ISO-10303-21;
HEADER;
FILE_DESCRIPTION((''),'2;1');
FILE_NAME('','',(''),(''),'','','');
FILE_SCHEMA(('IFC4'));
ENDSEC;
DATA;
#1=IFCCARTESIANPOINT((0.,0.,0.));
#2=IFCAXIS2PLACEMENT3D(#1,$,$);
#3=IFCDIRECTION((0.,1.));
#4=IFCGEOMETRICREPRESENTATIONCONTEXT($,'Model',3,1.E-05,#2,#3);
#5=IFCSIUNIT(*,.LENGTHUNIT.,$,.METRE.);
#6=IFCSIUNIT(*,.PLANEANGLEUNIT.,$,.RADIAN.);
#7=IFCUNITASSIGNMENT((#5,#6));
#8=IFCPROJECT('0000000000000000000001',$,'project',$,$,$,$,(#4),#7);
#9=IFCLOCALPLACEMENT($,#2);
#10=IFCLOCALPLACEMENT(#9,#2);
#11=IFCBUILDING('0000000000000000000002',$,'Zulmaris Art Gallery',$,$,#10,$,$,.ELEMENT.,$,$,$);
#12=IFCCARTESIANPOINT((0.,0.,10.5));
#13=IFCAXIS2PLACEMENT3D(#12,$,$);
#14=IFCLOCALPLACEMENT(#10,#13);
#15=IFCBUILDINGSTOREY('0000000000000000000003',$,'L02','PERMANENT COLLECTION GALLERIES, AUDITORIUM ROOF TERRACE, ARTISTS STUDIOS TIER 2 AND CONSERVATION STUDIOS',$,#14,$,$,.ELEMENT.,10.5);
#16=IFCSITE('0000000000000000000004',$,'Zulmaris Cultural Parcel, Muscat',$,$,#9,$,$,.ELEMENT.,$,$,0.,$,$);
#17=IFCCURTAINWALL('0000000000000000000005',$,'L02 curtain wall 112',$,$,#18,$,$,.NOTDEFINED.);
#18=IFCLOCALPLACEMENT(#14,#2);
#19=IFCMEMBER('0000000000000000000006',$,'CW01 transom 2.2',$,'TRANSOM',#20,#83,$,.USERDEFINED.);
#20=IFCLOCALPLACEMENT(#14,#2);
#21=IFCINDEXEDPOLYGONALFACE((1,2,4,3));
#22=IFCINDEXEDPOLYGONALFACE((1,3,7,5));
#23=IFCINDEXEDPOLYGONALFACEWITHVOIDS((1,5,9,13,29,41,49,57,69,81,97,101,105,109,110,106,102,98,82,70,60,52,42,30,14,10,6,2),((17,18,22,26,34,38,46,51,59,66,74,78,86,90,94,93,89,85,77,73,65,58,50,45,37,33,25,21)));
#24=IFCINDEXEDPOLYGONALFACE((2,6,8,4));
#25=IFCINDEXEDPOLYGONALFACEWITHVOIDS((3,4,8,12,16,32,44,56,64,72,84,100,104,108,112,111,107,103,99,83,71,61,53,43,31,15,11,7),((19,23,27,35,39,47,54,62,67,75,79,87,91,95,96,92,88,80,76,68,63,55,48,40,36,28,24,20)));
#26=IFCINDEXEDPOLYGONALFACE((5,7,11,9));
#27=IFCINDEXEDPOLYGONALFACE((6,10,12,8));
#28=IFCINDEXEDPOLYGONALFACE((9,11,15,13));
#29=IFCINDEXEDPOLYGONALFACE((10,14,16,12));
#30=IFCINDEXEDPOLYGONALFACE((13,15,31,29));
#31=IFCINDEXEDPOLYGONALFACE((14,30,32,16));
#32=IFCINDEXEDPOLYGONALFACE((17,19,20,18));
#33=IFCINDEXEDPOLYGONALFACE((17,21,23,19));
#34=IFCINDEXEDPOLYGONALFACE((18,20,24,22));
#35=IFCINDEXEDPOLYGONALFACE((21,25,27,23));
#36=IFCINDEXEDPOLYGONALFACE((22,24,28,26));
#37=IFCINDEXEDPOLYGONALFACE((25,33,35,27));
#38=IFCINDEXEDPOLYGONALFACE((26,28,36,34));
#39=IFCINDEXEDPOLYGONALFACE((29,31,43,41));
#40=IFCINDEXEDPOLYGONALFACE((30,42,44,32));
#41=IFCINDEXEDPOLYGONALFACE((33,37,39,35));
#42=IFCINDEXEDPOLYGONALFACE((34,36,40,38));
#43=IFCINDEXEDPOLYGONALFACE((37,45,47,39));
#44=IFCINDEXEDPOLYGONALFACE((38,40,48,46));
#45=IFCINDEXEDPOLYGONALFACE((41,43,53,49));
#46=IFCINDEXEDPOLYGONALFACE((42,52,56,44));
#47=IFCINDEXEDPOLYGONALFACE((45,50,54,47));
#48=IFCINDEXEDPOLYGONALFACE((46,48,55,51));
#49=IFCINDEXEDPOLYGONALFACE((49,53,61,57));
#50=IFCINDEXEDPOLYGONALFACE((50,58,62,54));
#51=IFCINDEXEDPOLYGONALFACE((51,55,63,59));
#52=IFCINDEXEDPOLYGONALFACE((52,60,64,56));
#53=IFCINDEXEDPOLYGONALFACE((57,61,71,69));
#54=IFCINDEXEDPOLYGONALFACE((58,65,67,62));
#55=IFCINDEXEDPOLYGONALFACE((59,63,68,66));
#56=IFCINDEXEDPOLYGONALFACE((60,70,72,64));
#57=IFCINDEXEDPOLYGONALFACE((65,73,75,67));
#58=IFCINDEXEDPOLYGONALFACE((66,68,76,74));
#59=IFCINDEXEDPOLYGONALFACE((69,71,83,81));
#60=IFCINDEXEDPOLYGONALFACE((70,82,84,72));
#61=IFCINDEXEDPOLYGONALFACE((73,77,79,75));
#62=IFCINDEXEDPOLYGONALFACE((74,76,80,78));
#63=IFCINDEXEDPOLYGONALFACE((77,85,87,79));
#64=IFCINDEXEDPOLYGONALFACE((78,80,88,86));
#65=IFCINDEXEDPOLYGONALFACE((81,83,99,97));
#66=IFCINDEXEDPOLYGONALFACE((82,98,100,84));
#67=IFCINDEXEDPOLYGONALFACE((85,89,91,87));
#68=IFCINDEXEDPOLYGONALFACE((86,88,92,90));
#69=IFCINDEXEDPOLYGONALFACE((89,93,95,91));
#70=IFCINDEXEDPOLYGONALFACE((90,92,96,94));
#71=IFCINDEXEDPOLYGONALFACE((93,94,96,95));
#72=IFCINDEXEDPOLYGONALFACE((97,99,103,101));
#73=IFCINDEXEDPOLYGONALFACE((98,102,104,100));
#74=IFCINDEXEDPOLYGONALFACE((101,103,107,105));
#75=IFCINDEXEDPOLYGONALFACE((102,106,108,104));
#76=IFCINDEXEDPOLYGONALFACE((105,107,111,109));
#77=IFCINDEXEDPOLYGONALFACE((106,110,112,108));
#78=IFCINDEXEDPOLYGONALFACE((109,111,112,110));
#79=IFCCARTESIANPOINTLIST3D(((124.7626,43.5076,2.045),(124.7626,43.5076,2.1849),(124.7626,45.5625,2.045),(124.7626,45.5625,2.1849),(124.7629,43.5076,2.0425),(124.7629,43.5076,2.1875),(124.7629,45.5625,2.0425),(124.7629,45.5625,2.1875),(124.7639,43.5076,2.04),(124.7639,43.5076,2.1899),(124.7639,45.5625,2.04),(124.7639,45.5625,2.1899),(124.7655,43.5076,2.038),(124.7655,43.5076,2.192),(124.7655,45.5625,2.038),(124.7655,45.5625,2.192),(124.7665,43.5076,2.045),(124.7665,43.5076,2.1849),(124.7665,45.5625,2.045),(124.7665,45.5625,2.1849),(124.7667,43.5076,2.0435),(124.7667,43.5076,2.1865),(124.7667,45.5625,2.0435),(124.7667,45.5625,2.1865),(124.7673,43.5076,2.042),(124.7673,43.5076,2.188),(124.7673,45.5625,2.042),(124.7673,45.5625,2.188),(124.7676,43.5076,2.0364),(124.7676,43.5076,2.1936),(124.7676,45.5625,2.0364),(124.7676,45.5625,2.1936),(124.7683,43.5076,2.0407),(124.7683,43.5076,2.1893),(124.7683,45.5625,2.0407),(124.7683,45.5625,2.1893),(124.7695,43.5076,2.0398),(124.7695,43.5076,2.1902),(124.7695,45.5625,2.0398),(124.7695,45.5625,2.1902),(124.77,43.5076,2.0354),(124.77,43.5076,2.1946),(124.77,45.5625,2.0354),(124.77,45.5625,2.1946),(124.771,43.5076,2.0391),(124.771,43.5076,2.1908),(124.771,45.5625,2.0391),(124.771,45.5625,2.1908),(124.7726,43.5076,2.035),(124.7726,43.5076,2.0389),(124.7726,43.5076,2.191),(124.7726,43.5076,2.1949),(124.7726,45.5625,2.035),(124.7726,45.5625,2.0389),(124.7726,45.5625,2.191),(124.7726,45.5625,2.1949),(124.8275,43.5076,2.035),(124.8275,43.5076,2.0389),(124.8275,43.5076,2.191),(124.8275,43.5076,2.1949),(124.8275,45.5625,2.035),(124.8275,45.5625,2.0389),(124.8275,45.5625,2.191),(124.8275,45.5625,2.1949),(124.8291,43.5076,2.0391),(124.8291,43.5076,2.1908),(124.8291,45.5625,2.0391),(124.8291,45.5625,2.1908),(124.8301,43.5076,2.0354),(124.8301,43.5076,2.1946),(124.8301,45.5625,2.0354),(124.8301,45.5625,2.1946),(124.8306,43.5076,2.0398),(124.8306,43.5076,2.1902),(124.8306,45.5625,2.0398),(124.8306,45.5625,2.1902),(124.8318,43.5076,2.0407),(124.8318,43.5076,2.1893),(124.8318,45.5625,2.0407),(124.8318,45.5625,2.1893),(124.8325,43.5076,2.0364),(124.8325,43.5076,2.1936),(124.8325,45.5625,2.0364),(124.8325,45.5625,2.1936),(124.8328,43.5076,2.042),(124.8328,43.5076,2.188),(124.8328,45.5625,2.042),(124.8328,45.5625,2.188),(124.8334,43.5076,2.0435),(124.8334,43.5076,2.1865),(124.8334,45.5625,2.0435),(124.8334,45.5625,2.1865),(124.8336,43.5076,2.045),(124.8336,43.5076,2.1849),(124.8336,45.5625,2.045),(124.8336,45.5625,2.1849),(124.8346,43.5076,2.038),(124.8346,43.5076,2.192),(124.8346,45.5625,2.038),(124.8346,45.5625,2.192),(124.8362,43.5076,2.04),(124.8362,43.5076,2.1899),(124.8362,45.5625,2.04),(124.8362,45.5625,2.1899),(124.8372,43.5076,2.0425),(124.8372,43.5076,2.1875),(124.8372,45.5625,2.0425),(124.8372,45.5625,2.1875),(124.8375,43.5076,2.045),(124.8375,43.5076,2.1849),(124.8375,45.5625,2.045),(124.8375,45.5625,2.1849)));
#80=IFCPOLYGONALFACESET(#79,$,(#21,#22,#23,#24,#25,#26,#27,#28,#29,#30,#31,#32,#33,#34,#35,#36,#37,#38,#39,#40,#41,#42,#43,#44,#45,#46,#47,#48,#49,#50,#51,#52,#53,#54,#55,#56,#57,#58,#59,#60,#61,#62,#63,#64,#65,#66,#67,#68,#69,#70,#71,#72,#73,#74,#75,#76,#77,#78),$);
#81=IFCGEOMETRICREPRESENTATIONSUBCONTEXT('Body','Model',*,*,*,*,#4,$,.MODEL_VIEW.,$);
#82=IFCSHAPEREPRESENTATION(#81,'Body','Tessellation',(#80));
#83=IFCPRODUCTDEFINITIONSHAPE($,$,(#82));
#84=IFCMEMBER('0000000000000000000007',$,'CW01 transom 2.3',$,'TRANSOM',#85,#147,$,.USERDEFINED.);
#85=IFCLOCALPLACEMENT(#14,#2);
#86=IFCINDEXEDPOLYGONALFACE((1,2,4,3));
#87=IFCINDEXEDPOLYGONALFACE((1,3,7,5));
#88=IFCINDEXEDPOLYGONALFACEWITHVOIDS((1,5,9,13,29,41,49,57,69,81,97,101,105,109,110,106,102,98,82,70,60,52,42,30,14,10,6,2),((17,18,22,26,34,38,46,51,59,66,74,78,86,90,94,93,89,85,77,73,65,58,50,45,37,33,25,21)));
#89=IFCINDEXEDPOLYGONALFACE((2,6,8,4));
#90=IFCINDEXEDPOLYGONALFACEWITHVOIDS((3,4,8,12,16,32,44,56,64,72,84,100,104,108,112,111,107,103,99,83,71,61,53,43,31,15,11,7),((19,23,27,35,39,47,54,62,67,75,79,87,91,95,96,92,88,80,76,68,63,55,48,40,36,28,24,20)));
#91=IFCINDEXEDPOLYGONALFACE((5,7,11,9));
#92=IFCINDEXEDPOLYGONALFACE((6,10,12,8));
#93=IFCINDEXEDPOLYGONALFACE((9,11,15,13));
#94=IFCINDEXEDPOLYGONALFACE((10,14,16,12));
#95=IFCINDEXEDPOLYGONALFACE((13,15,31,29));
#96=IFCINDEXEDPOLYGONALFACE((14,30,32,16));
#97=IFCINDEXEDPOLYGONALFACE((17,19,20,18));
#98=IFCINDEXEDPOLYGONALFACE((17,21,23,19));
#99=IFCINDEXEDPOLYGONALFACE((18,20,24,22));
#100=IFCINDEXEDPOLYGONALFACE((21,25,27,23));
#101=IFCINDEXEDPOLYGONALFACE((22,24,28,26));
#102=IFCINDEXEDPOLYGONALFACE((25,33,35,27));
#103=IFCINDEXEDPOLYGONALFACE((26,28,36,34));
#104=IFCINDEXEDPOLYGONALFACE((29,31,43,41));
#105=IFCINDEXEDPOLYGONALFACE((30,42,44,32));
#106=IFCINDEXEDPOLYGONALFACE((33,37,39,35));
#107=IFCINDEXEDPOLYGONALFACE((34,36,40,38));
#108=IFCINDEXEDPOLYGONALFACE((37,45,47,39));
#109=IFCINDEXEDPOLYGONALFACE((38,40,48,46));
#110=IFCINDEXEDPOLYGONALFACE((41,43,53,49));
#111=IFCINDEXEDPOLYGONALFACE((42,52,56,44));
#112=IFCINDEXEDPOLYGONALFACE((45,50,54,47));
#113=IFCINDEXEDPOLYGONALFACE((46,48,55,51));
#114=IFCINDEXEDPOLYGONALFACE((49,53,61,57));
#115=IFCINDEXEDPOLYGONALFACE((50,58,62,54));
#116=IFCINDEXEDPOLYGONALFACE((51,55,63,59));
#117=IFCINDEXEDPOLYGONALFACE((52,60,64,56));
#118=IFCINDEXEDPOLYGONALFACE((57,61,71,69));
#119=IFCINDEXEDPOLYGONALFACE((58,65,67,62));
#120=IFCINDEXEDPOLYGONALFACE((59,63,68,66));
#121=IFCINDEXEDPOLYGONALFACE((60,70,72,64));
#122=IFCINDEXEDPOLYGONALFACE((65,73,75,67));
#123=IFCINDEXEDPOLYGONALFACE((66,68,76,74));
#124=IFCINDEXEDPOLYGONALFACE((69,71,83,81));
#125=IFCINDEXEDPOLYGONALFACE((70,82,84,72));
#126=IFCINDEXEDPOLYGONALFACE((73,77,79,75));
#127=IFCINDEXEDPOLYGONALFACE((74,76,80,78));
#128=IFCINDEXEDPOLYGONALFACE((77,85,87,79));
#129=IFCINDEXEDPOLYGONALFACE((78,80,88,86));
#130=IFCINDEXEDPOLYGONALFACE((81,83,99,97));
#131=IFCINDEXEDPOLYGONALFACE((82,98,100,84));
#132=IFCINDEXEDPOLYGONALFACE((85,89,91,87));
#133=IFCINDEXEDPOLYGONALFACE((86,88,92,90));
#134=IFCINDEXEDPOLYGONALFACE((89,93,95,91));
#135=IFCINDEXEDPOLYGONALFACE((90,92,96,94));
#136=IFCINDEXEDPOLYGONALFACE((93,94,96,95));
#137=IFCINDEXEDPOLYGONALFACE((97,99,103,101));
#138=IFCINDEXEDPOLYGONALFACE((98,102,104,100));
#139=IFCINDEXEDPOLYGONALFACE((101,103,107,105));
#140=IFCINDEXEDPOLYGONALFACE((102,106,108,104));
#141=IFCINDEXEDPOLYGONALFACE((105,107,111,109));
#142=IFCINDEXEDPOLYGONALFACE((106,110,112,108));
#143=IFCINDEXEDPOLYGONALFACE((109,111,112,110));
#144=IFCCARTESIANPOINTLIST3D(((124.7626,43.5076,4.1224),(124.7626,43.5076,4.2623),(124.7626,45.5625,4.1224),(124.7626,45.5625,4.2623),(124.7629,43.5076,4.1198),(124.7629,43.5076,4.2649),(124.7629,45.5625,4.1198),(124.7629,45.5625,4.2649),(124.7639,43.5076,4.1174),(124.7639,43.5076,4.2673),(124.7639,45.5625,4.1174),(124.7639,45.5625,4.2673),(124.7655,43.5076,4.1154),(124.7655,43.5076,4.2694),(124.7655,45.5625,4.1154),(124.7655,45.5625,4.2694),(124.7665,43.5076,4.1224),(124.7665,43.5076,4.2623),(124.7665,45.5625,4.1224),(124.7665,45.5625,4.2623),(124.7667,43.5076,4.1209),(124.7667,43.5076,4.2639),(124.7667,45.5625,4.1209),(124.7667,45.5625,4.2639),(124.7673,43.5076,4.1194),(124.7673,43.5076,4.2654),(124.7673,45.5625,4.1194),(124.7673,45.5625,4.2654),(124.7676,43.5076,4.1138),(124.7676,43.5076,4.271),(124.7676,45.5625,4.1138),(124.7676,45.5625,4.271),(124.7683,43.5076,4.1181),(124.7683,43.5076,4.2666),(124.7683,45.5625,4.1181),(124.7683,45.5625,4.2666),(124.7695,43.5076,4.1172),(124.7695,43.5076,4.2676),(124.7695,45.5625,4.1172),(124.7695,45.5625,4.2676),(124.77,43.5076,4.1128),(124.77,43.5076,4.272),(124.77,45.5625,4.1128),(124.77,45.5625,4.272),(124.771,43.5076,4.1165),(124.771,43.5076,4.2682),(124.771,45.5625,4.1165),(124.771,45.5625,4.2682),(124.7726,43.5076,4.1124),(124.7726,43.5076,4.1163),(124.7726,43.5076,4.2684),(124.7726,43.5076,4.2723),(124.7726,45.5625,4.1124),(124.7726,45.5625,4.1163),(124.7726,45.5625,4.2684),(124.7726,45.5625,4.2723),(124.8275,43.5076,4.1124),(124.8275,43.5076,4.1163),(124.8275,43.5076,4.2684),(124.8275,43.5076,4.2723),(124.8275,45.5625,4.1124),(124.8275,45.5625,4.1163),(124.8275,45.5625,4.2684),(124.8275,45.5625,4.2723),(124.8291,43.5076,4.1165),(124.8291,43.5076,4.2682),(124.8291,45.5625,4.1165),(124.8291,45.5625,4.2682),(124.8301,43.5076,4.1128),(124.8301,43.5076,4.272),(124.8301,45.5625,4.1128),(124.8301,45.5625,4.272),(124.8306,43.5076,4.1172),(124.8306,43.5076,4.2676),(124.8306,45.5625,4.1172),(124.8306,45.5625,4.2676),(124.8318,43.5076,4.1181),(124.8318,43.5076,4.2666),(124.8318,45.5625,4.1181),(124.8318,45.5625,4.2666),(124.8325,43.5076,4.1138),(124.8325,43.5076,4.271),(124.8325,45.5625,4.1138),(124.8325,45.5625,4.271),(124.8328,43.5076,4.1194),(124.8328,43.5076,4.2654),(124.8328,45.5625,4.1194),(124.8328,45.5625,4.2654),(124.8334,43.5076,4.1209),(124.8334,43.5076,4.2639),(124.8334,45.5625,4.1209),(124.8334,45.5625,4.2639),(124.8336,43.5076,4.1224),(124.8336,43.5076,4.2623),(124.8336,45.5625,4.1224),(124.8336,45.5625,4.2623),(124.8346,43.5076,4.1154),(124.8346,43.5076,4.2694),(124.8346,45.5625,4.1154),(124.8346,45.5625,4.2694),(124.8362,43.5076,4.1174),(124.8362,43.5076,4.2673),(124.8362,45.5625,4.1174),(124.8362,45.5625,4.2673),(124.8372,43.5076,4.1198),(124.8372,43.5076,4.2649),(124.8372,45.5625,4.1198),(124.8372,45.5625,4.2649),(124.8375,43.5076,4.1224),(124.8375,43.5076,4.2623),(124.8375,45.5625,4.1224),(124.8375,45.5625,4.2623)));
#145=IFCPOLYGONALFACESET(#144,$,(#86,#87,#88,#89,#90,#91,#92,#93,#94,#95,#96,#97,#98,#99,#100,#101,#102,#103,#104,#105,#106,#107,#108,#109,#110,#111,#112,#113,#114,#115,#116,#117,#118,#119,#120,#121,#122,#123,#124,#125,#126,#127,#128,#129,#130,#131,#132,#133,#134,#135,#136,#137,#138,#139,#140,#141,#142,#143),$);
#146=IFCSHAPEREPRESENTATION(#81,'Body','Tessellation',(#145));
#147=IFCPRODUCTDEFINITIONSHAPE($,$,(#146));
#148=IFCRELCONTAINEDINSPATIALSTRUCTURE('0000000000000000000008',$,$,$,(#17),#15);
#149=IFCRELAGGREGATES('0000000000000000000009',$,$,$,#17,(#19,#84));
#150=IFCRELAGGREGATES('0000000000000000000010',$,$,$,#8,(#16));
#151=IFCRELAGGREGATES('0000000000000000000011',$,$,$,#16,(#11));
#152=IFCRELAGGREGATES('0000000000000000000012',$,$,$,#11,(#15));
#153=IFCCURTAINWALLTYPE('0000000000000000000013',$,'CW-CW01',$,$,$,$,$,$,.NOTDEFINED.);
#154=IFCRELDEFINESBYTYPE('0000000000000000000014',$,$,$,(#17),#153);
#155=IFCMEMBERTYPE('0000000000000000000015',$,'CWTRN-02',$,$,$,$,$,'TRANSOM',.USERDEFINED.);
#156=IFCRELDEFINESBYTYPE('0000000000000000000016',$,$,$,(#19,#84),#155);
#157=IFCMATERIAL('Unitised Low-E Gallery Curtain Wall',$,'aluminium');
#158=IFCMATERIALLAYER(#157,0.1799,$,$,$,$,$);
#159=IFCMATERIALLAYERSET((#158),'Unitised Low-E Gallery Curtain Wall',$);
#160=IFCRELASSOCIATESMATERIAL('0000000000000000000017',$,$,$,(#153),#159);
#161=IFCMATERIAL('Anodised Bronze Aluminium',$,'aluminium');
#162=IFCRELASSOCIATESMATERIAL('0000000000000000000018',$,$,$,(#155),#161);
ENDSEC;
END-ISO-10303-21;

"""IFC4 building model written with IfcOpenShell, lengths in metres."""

from ifc_helpers import new_model, si_unit, direction, frame, origin, origin_2d, place, context, subcontext, project, spatial, hollow_rectangle, extrude, material, layer, layer_set, material_profile, profile_set, type_object, element, aggregate, save


model = new_model("IFC4")

# Units and contexts
model_context = context("Model", 3, precision=1e-05, world=origin(), true_north=direction((0.0, 1.0)))
body_context = subcontext(model_context, "Body", "Model", "MODEL_VIEW")
ifc_project = project(units=[si_unit("LENGTHUNIT", "METRE"), si_unit("PLANEANGLEUNIT", "RADIAN")], contexts=[model_context])

# Site, building, storey
site_placement = place(None, origin())
site = spatial("IfcSite", under=ifc_project, at=site_placement, Name="Zulmaris Cultural Parcel, Muscat", CompositionType="ELEMENT", RefElevation=0.0)
building_placement = place(site_placement, origin())
building = spatial("IfcBuilding", under=site, at=building_placement, Name="Zulmaris Art Gallery", CompositionType="ELEMENT")
storey_placement = place(building_placement, frame((0.0, 0.0, 10.5)))
storey = spatial("IfcBuildingStorey", under=building, at=storey_placement, Name="L02", Description="PERMANENT COLLECTION GALLERIES, AUDITORIUM ROOF TERRACE, ARTISTS STUDIOS TIER 2 AND CONSERVATION STUDIOS", CompositionType="ELEMENT", Elevation=10.5)

# Curtain wall
ifc_material_1 = material(Name="Unitised Low-E Gallery Curtain Wall", Category="aluminium")
ifc_layer_1 = layer(ifc_material_1, 0.1799)
ifc_layer_set_1 = layer_set([ifc_layer_1], Name="Unitised Low-E Gallery Curtain Wall")
curtain_wall_type = type_object("IfcCurtainWallType", Name="CW-CW01", PredefinedType="NOTDEFINED", material=ifc_layer_set_1)
curtain_wall_1_placement = place(storey_placement, origin())
curtain_wall_1 = element("IfcCurtainWall", 1, at=curtain_wall_1_placement, inside=storey, type_object=curtain_wall_type, Name="L02 curtain wall 112", PredefinedType="NOTDEFINED")
ifc_material_2 = material(Name="Anodised Bronze Aluminium", Category="aluminium")

# Members
ifc_material_profile_1 = material_profile(ifc_material_2, hollow_rectangle(XDim=0.075, YDim=0.1599, WallThickness=0.0039, InnerFilletRadius=0.0061, OuterFilletRadius=0.01, at=origin_2d()), Name="ALU 75x160x4")
ifc_profile_set_1 = profile_set([ifc_material_profile_1], Name="Anodised Bronze Aluminium")
member_type_1 = type_object("IfcMemberType", Name="CWTRN-02", ElementType="TRANSOM", PredefinedType="USERDEFINED", material=ifc_profile_set_1)
member_1_placement = place(storey_placement, frame((124.8, 43.5076, 2.115), z_axis=(0.0, 1.0, 0.0), x_axis=(-1.0, 0.0, 0.0)))
member_1 = element("IfcMember", 2, at=member_1_placement, type_object=member_type_1, Name="CW01 transom 2.2", ObjectType="TRANSOM", PredefinedType="USERDEFINED", context=body_context, shape_type="SweptSolid", body=[
    extrude(hollow_rectangle(XDim=0.075, YDim=0.1599, WallThickness=0.0039, InnerFilletRadius=0.0061, OuterFilletRadius=0.01, at=origin_2d()), origin(), (0.0, 0.0, 1.0), 2.0549),
])
member_2_placement = place(storey_placement, frame((124.8, 43.5076, 4.1924), z_axis=(0.0, 1.0, 0.0), x_axis=(-1.0, 0.0, 0.0)))
member_2 = element("IfcMember", 3, at=member_2_placement, type_object=member_type_1, Name="CW01 transom 2.3", ObjectType="TRANSOM", PredefinedType="USERDEFINED", context=body_context, shape_type="SweptSolid", body=[
    extrude(hollow_rectangle(XDim=0.075, YDim=0.1599, WallThickness=0.0039, InnerFilletRadius=0.0061, OuterFilletRadius=0.01, at=origin_2d()), origin(), (0.0, 0.0, 1.0), 2.0549),
])

aggregate(curtain_wall_1, [member_1, member_2])

save(model, "model.ifc")
